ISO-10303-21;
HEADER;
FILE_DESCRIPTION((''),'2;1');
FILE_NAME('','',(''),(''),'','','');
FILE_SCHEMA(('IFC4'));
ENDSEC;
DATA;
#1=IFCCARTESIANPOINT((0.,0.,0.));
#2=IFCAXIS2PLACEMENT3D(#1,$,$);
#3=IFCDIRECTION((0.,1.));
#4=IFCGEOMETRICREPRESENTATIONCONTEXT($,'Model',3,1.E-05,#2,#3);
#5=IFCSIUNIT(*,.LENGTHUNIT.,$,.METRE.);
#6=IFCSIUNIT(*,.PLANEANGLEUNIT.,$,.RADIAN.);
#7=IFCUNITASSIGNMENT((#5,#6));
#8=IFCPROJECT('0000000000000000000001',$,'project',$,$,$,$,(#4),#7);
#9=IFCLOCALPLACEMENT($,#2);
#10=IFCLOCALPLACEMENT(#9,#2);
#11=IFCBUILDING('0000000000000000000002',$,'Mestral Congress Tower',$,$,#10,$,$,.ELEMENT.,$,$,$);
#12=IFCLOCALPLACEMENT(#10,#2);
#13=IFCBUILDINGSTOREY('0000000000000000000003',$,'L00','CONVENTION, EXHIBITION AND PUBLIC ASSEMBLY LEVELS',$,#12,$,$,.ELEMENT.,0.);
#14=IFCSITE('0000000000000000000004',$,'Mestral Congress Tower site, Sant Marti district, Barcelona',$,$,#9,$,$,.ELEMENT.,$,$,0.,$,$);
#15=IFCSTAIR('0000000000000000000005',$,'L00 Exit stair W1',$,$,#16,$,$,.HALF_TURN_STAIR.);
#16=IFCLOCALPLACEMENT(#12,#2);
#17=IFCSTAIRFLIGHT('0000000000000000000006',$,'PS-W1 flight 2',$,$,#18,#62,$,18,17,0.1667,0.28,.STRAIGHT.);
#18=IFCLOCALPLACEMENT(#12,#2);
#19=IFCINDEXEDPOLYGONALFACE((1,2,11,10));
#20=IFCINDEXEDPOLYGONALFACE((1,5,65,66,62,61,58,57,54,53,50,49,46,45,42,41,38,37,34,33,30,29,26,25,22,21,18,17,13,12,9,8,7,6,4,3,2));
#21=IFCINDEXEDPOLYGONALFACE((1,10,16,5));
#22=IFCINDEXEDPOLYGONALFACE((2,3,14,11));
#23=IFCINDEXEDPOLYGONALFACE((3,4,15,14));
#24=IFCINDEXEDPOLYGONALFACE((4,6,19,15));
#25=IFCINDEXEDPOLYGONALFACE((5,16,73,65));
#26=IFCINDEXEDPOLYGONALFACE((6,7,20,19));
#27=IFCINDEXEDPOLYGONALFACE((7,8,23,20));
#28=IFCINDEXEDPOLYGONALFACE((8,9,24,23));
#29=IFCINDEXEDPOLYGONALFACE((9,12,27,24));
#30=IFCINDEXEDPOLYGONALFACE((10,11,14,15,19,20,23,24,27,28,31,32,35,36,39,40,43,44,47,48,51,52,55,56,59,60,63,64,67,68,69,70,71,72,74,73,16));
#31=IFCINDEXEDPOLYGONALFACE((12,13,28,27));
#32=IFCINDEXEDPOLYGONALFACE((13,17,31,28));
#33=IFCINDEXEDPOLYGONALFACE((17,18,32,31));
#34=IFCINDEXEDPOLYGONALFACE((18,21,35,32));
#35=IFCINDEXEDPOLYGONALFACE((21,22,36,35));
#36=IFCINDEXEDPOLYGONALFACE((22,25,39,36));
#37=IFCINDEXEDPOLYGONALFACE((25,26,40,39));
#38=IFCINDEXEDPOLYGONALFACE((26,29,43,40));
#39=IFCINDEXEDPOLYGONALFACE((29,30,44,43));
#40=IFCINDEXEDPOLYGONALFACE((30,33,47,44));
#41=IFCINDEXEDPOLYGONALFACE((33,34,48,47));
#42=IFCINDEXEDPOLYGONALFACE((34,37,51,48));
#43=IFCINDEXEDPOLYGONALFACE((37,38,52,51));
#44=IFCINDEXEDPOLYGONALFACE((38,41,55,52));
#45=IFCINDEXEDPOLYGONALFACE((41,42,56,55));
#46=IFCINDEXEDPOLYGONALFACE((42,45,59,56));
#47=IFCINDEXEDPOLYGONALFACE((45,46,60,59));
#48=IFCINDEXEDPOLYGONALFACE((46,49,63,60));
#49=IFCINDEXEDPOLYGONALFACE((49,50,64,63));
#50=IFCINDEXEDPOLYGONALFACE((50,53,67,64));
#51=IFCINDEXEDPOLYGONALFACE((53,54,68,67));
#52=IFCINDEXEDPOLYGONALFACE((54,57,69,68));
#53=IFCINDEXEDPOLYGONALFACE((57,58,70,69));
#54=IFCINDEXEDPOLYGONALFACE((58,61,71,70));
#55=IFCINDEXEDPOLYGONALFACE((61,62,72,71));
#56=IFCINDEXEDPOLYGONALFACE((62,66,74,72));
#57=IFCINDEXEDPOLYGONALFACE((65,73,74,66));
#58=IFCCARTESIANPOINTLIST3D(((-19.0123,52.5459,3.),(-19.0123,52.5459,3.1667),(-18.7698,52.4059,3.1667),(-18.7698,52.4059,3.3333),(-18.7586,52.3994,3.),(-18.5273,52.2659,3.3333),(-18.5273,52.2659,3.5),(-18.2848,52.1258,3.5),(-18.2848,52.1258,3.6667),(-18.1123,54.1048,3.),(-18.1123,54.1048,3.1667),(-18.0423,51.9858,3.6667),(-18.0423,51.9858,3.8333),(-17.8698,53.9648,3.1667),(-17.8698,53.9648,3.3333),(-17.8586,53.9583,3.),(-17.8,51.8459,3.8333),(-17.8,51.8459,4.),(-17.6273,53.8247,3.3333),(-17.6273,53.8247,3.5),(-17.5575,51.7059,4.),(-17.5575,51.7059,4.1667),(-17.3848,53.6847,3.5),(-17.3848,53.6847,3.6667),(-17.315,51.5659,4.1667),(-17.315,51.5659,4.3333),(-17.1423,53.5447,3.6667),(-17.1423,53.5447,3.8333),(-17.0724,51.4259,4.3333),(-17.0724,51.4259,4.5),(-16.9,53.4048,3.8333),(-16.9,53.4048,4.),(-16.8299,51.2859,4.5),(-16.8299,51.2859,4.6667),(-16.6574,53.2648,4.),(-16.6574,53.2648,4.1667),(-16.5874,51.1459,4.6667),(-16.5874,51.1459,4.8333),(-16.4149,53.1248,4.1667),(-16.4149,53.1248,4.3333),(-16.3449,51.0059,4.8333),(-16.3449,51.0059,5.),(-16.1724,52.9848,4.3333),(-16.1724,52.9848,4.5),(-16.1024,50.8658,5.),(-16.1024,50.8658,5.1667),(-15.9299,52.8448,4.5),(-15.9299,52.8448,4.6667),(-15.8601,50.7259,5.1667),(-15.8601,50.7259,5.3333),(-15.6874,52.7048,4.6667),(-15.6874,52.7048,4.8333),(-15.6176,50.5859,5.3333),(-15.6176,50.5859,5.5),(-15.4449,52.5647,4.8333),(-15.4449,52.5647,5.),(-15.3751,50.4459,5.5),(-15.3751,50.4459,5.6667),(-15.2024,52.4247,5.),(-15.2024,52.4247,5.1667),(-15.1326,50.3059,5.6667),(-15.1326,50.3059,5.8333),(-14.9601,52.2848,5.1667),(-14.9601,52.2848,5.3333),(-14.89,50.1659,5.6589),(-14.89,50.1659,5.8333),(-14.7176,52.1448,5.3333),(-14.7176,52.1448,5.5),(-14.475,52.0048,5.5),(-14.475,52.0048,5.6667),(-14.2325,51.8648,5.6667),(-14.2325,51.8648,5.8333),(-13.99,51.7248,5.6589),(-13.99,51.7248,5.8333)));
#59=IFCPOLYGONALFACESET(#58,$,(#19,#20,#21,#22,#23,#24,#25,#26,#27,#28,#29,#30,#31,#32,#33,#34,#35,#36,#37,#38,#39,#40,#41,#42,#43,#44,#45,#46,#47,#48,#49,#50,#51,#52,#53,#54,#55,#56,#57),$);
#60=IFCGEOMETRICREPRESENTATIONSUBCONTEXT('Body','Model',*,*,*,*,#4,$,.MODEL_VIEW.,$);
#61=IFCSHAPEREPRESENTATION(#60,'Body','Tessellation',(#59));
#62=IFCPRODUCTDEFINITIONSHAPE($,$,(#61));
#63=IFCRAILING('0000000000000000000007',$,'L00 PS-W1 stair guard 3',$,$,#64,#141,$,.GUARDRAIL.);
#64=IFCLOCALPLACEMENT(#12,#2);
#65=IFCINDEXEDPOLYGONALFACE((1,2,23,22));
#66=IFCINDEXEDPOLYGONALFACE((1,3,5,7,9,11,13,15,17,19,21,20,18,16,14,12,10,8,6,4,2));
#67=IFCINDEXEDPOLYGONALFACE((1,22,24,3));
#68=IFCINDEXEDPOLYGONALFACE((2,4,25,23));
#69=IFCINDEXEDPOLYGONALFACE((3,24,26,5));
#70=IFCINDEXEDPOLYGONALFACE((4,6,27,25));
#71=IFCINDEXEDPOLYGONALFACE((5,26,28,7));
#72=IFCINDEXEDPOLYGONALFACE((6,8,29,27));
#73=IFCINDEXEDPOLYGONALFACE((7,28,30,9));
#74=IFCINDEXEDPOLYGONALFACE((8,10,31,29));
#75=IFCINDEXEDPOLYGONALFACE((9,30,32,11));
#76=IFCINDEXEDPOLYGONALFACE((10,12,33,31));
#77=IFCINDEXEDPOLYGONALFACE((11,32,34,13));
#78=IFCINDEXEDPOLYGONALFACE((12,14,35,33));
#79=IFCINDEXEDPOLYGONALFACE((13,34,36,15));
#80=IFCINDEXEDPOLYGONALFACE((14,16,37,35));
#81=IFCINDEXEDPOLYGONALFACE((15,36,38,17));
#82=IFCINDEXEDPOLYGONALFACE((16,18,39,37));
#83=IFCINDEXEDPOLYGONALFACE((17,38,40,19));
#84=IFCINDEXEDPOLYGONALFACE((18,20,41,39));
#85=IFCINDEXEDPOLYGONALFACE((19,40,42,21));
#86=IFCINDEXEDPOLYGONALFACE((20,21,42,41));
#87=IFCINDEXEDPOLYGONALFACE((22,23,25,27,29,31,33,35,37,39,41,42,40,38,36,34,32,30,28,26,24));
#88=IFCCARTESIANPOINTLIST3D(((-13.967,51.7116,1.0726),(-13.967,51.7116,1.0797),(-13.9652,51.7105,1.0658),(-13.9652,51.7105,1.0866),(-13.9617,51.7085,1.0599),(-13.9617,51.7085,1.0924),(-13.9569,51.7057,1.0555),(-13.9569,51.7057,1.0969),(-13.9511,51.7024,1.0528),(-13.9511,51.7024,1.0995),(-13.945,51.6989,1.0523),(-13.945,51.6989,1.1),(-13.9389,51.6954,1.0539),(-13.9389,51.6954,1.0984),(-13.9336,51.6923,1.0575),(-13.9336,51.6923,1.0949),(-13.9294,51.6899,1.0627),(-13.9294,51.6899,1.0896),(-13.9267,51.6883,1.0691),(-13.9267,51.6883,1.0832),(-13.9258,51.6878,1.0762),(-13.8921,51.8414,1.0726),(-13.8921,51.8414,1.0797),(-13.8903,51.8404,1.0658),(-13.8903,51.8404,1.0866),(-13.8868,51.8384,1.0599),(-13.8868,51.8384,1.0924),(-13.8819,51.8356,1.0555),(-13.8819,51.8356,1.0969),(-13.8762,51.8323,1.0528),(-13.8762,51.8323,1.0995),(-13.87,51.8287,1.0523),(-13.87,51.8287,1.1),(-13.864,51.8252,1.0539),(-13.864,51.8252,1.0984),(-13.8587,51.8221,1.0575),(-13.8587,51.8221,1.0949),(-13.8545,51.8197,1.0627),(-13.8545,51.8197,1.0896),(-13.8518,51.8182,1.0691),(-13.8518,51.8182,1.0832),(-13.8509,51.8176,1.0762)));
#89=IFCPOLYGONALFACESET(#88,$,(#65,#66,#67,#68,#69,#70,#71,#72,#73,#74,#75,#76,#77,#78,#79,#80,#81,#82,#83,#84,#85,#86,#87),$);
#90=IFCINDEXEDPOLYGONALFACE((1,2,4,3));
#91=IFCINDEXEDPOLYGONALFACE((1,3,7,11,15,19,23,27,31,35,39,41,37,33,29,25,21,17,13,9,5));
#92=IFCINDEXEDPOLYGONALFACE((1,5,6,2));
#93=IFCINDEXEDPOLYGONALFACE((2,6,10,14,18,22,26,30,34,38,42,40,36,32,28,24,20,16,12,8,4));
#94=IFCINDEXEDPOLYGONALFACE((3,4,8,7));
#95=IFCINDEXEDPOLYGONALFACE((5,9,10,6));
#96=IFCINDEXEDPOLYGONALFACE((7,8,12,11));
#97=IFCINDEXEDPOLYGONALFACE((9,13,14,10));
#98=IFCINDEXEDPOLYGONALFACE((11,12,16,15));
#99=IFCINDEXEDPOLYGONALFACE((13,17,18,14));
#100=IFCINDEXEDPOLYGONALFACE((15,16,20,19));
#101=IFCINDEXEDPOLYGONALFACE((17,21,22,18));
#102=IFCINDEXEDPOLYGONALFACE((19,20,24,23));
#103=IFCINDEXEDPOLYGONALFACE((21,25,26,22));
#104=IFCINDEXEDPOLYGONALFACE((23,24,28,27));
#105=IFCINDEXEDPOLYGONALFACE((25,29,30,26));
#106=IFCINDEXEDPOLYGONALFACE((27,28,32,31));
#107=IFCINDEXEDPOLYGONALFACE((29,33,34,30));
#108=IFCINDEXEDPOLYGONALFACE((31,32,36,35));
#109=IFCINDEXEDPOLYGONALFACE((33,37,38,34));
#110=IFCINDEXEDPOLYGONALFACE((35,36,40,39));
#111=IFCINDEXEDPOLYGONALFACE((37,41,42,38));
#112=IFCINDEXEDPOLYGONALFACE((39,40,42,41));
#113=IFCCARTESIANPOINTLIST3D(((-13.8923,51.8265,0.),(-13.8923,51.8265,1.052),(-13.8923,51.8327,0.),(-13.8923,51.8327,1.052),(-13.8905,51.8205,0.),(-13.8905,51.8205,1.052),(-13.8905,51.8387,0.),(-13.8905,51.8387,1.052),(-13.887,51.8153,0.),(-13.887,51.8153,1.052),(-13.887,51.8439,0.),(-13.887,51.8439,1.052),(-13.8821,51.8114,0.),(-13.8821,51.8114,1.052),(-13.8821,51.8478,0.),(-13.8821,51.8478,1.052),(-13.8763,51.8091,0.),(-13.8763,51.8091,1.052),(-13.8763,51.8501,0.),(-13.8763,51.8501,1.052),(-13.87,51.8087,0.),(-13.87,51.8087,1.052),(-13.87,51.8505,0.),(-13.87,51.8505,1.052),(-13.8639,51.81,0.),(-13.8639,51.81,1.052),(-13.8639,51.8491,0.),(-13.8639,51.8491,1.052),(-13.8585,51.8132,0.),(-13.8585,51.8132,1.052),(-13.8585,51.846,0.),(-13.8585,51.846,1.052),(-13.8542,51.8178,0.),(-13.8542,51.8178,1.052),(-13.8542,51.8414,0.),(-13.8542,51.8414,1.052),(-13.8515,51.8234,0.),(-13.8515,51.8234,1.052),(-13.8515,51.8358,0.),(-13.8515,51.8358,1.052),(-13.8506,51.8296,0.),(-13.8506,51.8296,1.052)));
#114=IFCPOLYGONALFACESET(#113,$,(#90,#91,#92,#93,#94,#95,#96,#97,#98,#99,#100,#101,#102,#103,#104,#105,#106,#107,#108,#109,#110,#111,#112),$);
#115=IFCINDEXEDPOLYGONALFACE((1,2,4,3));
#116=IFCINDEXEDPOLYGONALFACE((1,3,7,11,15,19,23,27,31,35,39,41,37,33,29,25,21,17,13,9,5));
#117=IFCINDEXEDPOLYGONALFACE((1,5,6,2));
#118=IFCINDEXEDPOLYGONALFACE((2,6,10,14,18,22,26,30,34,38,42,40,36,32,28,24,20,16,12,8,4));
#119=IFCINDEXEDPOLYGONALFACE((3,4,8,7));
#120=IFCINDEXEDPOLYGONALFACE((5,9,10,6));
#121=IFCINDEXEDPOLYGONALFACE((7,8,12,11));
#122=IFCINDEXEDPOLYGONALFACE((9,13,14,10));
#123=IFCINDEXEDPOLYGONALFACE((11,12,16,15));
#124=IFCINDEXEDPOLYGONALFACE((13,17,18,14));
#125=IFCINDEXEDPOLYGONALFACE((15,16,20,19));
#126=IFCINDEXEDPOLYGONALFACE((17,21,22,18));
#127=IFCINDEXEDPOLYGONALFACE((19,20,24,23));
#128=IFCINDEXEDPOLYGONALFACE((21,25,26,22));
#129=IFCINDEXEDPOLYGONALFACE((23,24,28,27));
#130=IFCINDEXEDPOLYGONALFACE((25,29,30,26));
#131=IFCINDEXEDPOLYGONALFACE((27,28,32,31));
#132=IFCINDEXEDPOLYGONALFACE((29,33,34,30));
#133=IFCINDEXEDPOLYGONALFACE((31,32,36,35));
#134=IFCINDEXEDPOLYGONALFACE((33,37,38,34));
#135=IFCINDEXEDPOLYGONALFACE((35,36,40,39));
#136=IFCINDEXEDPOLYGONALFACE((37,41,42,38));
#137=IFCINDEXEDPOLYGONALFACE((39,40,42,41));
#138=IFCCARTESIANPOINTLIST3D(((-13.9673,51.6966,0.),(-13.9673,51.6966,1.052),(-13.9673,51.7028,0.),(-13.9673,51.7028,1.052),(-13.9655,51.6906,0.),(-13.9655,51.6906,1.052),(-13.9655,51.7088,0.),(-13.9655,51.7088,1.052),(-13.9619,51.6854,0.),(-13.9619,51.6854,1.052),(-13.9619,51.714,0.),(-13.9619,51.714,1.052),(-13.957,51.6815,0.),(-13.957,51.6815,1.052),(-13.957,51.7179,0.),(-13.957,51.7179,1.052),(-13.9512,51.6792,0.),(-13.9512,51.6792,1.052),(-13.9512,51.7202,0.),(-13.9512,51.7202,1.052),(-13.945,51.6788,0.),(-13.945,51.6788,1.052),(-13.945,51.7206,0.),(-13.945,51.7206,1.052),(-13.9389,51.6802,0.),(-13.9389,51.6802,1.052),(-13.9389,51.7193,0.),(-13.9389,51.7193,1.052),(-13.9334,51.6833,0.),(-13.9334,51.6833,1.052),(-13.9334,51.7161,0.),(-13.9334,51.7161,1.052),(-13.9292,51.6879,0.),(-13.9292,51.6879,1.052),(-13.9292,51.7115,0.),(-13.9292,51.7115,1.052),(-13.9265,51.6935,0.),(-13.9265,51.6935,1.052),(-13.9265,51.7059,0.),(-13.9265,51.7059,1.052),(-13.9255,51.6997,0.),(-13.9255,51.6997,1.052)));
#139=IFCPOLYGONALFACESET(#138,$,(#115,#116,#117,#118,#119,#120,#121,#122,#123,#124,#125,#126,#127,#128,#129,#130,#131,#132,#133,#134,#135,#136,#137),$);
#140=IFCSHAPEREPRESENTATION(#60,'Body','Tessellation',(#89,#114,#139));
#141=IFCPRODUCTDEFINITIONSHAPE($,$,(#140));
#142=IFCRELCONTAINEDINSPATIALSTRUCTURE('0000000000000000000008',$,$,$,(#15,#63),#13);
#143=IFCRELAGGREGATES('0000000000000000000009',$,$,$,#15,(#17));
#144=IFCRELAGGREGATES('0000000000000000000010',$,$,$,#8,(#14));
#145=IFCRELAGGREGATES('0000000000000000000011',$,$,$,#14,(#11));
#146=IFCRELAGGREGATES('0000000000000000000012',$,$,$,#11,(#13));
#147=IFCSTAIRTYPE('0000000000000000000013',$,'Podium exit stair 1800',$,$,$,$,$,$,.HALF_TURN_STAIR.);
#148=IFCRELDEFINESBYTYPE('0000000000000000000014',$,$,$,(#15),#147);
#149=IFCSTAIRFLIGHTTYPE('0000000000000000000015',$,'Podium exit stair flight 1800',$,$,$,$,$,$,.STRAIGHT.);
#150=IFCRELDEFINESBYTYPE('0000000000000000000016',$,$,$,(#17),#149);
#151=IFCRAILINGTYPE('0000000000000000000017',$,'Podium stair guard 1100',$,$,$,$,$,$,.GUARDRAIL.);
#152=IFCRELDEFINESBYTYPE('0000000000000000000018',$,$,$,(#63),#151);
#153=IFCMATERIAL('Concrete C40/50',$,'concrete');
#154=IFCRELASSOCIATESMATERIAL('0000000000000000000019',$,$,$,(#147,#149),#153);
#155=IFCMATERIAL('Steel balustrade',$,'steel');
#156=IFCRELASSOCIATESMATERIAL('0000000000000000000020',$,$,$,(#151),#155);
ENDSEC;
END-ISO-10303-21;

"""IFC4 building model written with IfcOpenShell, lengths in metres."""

from ifc_helpers import new_model, si_unit, direction, frame, origin, origin_2d, place, context, subcontext, project, spatial, polyline, circle, outline, extrude, material, type_object, element, aggregate, save


model = new_model("IFC4")

# Units and contexts
model_context = context("Model", 3, precision=1e-05, world=origin(), true_north=direction((0.0, 1.0)))
body_context = subcontext(model_context, "Body", "Model", "MODEL_VIEW")
ifc_project = project(units=[si_unit("LENGTHUNIT", "METRE"), si_unit("PLANEANGLEUNIT", "RADIAN")], contexts=[model_context])

# Site, building, storey
site_placement = place(None, origin())
site = spatial("IfcSite", under=ifc_project, at=site_placement, Name="Mestral Congress Tower site, Sant Marti district, Barcelona", CompositionType="ELEMENT", RefElevation=0.0)
building_placement = place(site_placement, origin())
building = spatial("IfcBuilding", under=site, at=building_placement, Name="Mestral Congress Tower", CompositionType="ELEMENT")
storey_placement = place(building_placement, origin())
storey = spatial("IfcBuildingStorey", under=building, at=storey_placement, Name="L00", Description="CONVENTION, EXHIBITION AND PUBLIC ASSEMBLY LEVELS", CompositionType="ELEMENT", Elevation=0.0)

# Stair, stair flight
ifc_material_1 = material(Name="Concrete C40/50", Category="concrete")
stair_type = type_object("IfcStairType", Name="Podium exit stair 1800", PredefinedType="HALF_TURN_STAIR", material=ifc_material_1)
stair_placement = place(storey_placement, origin())
stair = element("IfcStair", 1, at=stair_placement, inside=storey, type_object=stair_type, Name="L00 Exit stair W1", PredefinedType="HALF_TURN_STAIR")
stair_flight_type = type_object("IfcStairFlightType", Name="Podium exit stair flight 1800", PredefinedType="STRAIGHT", material=ifc_material_1)
stair_flight_1_placement = place(storey_placement, frame((-18.5623, 53.3254, 3.0), z_axis=(0.0, 0.0, 1.0), x_axis=(0.866025, -0.5, 0.0)))
stair_flight_1 = element("IfcStairFlight", 2, at=stair_flight_1_placement, type_object=stair_flight_type, Name="PS-W1 flight 2", NumberOfRisers=18, NumberOfTreads=17, PredefinedType="STRAIGHT", RiserHeight=0.1667, TreadLength=0.28, context=body_context, shape_type="SweptSolid", body=[
    extrude(outline(polyline([(0.0, 0.0), (0.0, 0.1667), (0.28, 0.1667), (0.28, 0.3333), (0.5601, 0.3333), (0.5601, 0.5), (0.8401, 0.5), (0.8401, 0.6667), (1.1201, 0.6667), (1.1201, 0.8333), (1.3999, 0.8333), (1.3999, 1.0), (1.6799, 1.0), (1.6799, 1.1667), (1.96, 1.1667), (1.96, 1.3333), (2.24, 1.3333), (2.24, 1.5), (2.52, 1.5), (2.52, 1.6667), (2.8, 1.6667), (2.8, 1.8333), (3.0801, 1.8333), (3.0801, 2.0), (3.3601, 2.0), (3.3601, 2.1667), (3.6399, 2.1667), (3.6399, 2.3333), (3.9199, 2.3333), (3.9199, 2.5), (4.2, 2.5), (4.2, 2.6667), (4.48, 2.6667), (4.48, 2.8333), (4.76, 2.8333), (4.76, 3.0), (4.76, 2.6589), (0.293, 0.0), (0.0, 0.0)])), frame((0.0, 0.8999, 0.0), z_axis=(0.0, -1.0, 0.0), x_axis=(1.0, 0.0, 0.0)), (0.0, 0.0, 1.0), 1.8),
])
aggregate(stair, [stair_flight_1])

# Railing
ifc_material_2 = material(Name="Steel balustrade", Category="steel")
railing_type_1 = type_object("IfcRailingType", Name="Podium stair guard 1100", PredefinedType="GUARDRAIL", material=ifc_material_2)
railing_1_placement = place(storey_placement, frame((-13.8716, 51.8296, 0.0)))
element("IfcRailing", 3, at=railing_1_placement, inside=storey, type_object=railing_type_1, Name="L00 PS-W1 stair guard 3", PredefinedType="GUARDRAIL", context=body_context, shape_type="SweptSolid", body=[
    extrude(circle(Radius=0.0239, at=origin_2d()), frame((0.0, 0.0, 1.0762), z_axis=(-0.499816, -0.866131, 0.0), x_axis=(0.866131, -0.499816, 0.0)), (0.0, 0.0, 1.0), 0.1499),
    extrude(circle(Radius=0.021, at=origin_2d()), origin(), (0.0, 0.0, 1.0), 1.052),
    extrude(circle(Radius=0.021, at=origin_2d()), frame((-0.075, -0.1299, 0.0)), (0.0, 0.0, 1.0), 1.052),
])

save(model, "model.ifc")
